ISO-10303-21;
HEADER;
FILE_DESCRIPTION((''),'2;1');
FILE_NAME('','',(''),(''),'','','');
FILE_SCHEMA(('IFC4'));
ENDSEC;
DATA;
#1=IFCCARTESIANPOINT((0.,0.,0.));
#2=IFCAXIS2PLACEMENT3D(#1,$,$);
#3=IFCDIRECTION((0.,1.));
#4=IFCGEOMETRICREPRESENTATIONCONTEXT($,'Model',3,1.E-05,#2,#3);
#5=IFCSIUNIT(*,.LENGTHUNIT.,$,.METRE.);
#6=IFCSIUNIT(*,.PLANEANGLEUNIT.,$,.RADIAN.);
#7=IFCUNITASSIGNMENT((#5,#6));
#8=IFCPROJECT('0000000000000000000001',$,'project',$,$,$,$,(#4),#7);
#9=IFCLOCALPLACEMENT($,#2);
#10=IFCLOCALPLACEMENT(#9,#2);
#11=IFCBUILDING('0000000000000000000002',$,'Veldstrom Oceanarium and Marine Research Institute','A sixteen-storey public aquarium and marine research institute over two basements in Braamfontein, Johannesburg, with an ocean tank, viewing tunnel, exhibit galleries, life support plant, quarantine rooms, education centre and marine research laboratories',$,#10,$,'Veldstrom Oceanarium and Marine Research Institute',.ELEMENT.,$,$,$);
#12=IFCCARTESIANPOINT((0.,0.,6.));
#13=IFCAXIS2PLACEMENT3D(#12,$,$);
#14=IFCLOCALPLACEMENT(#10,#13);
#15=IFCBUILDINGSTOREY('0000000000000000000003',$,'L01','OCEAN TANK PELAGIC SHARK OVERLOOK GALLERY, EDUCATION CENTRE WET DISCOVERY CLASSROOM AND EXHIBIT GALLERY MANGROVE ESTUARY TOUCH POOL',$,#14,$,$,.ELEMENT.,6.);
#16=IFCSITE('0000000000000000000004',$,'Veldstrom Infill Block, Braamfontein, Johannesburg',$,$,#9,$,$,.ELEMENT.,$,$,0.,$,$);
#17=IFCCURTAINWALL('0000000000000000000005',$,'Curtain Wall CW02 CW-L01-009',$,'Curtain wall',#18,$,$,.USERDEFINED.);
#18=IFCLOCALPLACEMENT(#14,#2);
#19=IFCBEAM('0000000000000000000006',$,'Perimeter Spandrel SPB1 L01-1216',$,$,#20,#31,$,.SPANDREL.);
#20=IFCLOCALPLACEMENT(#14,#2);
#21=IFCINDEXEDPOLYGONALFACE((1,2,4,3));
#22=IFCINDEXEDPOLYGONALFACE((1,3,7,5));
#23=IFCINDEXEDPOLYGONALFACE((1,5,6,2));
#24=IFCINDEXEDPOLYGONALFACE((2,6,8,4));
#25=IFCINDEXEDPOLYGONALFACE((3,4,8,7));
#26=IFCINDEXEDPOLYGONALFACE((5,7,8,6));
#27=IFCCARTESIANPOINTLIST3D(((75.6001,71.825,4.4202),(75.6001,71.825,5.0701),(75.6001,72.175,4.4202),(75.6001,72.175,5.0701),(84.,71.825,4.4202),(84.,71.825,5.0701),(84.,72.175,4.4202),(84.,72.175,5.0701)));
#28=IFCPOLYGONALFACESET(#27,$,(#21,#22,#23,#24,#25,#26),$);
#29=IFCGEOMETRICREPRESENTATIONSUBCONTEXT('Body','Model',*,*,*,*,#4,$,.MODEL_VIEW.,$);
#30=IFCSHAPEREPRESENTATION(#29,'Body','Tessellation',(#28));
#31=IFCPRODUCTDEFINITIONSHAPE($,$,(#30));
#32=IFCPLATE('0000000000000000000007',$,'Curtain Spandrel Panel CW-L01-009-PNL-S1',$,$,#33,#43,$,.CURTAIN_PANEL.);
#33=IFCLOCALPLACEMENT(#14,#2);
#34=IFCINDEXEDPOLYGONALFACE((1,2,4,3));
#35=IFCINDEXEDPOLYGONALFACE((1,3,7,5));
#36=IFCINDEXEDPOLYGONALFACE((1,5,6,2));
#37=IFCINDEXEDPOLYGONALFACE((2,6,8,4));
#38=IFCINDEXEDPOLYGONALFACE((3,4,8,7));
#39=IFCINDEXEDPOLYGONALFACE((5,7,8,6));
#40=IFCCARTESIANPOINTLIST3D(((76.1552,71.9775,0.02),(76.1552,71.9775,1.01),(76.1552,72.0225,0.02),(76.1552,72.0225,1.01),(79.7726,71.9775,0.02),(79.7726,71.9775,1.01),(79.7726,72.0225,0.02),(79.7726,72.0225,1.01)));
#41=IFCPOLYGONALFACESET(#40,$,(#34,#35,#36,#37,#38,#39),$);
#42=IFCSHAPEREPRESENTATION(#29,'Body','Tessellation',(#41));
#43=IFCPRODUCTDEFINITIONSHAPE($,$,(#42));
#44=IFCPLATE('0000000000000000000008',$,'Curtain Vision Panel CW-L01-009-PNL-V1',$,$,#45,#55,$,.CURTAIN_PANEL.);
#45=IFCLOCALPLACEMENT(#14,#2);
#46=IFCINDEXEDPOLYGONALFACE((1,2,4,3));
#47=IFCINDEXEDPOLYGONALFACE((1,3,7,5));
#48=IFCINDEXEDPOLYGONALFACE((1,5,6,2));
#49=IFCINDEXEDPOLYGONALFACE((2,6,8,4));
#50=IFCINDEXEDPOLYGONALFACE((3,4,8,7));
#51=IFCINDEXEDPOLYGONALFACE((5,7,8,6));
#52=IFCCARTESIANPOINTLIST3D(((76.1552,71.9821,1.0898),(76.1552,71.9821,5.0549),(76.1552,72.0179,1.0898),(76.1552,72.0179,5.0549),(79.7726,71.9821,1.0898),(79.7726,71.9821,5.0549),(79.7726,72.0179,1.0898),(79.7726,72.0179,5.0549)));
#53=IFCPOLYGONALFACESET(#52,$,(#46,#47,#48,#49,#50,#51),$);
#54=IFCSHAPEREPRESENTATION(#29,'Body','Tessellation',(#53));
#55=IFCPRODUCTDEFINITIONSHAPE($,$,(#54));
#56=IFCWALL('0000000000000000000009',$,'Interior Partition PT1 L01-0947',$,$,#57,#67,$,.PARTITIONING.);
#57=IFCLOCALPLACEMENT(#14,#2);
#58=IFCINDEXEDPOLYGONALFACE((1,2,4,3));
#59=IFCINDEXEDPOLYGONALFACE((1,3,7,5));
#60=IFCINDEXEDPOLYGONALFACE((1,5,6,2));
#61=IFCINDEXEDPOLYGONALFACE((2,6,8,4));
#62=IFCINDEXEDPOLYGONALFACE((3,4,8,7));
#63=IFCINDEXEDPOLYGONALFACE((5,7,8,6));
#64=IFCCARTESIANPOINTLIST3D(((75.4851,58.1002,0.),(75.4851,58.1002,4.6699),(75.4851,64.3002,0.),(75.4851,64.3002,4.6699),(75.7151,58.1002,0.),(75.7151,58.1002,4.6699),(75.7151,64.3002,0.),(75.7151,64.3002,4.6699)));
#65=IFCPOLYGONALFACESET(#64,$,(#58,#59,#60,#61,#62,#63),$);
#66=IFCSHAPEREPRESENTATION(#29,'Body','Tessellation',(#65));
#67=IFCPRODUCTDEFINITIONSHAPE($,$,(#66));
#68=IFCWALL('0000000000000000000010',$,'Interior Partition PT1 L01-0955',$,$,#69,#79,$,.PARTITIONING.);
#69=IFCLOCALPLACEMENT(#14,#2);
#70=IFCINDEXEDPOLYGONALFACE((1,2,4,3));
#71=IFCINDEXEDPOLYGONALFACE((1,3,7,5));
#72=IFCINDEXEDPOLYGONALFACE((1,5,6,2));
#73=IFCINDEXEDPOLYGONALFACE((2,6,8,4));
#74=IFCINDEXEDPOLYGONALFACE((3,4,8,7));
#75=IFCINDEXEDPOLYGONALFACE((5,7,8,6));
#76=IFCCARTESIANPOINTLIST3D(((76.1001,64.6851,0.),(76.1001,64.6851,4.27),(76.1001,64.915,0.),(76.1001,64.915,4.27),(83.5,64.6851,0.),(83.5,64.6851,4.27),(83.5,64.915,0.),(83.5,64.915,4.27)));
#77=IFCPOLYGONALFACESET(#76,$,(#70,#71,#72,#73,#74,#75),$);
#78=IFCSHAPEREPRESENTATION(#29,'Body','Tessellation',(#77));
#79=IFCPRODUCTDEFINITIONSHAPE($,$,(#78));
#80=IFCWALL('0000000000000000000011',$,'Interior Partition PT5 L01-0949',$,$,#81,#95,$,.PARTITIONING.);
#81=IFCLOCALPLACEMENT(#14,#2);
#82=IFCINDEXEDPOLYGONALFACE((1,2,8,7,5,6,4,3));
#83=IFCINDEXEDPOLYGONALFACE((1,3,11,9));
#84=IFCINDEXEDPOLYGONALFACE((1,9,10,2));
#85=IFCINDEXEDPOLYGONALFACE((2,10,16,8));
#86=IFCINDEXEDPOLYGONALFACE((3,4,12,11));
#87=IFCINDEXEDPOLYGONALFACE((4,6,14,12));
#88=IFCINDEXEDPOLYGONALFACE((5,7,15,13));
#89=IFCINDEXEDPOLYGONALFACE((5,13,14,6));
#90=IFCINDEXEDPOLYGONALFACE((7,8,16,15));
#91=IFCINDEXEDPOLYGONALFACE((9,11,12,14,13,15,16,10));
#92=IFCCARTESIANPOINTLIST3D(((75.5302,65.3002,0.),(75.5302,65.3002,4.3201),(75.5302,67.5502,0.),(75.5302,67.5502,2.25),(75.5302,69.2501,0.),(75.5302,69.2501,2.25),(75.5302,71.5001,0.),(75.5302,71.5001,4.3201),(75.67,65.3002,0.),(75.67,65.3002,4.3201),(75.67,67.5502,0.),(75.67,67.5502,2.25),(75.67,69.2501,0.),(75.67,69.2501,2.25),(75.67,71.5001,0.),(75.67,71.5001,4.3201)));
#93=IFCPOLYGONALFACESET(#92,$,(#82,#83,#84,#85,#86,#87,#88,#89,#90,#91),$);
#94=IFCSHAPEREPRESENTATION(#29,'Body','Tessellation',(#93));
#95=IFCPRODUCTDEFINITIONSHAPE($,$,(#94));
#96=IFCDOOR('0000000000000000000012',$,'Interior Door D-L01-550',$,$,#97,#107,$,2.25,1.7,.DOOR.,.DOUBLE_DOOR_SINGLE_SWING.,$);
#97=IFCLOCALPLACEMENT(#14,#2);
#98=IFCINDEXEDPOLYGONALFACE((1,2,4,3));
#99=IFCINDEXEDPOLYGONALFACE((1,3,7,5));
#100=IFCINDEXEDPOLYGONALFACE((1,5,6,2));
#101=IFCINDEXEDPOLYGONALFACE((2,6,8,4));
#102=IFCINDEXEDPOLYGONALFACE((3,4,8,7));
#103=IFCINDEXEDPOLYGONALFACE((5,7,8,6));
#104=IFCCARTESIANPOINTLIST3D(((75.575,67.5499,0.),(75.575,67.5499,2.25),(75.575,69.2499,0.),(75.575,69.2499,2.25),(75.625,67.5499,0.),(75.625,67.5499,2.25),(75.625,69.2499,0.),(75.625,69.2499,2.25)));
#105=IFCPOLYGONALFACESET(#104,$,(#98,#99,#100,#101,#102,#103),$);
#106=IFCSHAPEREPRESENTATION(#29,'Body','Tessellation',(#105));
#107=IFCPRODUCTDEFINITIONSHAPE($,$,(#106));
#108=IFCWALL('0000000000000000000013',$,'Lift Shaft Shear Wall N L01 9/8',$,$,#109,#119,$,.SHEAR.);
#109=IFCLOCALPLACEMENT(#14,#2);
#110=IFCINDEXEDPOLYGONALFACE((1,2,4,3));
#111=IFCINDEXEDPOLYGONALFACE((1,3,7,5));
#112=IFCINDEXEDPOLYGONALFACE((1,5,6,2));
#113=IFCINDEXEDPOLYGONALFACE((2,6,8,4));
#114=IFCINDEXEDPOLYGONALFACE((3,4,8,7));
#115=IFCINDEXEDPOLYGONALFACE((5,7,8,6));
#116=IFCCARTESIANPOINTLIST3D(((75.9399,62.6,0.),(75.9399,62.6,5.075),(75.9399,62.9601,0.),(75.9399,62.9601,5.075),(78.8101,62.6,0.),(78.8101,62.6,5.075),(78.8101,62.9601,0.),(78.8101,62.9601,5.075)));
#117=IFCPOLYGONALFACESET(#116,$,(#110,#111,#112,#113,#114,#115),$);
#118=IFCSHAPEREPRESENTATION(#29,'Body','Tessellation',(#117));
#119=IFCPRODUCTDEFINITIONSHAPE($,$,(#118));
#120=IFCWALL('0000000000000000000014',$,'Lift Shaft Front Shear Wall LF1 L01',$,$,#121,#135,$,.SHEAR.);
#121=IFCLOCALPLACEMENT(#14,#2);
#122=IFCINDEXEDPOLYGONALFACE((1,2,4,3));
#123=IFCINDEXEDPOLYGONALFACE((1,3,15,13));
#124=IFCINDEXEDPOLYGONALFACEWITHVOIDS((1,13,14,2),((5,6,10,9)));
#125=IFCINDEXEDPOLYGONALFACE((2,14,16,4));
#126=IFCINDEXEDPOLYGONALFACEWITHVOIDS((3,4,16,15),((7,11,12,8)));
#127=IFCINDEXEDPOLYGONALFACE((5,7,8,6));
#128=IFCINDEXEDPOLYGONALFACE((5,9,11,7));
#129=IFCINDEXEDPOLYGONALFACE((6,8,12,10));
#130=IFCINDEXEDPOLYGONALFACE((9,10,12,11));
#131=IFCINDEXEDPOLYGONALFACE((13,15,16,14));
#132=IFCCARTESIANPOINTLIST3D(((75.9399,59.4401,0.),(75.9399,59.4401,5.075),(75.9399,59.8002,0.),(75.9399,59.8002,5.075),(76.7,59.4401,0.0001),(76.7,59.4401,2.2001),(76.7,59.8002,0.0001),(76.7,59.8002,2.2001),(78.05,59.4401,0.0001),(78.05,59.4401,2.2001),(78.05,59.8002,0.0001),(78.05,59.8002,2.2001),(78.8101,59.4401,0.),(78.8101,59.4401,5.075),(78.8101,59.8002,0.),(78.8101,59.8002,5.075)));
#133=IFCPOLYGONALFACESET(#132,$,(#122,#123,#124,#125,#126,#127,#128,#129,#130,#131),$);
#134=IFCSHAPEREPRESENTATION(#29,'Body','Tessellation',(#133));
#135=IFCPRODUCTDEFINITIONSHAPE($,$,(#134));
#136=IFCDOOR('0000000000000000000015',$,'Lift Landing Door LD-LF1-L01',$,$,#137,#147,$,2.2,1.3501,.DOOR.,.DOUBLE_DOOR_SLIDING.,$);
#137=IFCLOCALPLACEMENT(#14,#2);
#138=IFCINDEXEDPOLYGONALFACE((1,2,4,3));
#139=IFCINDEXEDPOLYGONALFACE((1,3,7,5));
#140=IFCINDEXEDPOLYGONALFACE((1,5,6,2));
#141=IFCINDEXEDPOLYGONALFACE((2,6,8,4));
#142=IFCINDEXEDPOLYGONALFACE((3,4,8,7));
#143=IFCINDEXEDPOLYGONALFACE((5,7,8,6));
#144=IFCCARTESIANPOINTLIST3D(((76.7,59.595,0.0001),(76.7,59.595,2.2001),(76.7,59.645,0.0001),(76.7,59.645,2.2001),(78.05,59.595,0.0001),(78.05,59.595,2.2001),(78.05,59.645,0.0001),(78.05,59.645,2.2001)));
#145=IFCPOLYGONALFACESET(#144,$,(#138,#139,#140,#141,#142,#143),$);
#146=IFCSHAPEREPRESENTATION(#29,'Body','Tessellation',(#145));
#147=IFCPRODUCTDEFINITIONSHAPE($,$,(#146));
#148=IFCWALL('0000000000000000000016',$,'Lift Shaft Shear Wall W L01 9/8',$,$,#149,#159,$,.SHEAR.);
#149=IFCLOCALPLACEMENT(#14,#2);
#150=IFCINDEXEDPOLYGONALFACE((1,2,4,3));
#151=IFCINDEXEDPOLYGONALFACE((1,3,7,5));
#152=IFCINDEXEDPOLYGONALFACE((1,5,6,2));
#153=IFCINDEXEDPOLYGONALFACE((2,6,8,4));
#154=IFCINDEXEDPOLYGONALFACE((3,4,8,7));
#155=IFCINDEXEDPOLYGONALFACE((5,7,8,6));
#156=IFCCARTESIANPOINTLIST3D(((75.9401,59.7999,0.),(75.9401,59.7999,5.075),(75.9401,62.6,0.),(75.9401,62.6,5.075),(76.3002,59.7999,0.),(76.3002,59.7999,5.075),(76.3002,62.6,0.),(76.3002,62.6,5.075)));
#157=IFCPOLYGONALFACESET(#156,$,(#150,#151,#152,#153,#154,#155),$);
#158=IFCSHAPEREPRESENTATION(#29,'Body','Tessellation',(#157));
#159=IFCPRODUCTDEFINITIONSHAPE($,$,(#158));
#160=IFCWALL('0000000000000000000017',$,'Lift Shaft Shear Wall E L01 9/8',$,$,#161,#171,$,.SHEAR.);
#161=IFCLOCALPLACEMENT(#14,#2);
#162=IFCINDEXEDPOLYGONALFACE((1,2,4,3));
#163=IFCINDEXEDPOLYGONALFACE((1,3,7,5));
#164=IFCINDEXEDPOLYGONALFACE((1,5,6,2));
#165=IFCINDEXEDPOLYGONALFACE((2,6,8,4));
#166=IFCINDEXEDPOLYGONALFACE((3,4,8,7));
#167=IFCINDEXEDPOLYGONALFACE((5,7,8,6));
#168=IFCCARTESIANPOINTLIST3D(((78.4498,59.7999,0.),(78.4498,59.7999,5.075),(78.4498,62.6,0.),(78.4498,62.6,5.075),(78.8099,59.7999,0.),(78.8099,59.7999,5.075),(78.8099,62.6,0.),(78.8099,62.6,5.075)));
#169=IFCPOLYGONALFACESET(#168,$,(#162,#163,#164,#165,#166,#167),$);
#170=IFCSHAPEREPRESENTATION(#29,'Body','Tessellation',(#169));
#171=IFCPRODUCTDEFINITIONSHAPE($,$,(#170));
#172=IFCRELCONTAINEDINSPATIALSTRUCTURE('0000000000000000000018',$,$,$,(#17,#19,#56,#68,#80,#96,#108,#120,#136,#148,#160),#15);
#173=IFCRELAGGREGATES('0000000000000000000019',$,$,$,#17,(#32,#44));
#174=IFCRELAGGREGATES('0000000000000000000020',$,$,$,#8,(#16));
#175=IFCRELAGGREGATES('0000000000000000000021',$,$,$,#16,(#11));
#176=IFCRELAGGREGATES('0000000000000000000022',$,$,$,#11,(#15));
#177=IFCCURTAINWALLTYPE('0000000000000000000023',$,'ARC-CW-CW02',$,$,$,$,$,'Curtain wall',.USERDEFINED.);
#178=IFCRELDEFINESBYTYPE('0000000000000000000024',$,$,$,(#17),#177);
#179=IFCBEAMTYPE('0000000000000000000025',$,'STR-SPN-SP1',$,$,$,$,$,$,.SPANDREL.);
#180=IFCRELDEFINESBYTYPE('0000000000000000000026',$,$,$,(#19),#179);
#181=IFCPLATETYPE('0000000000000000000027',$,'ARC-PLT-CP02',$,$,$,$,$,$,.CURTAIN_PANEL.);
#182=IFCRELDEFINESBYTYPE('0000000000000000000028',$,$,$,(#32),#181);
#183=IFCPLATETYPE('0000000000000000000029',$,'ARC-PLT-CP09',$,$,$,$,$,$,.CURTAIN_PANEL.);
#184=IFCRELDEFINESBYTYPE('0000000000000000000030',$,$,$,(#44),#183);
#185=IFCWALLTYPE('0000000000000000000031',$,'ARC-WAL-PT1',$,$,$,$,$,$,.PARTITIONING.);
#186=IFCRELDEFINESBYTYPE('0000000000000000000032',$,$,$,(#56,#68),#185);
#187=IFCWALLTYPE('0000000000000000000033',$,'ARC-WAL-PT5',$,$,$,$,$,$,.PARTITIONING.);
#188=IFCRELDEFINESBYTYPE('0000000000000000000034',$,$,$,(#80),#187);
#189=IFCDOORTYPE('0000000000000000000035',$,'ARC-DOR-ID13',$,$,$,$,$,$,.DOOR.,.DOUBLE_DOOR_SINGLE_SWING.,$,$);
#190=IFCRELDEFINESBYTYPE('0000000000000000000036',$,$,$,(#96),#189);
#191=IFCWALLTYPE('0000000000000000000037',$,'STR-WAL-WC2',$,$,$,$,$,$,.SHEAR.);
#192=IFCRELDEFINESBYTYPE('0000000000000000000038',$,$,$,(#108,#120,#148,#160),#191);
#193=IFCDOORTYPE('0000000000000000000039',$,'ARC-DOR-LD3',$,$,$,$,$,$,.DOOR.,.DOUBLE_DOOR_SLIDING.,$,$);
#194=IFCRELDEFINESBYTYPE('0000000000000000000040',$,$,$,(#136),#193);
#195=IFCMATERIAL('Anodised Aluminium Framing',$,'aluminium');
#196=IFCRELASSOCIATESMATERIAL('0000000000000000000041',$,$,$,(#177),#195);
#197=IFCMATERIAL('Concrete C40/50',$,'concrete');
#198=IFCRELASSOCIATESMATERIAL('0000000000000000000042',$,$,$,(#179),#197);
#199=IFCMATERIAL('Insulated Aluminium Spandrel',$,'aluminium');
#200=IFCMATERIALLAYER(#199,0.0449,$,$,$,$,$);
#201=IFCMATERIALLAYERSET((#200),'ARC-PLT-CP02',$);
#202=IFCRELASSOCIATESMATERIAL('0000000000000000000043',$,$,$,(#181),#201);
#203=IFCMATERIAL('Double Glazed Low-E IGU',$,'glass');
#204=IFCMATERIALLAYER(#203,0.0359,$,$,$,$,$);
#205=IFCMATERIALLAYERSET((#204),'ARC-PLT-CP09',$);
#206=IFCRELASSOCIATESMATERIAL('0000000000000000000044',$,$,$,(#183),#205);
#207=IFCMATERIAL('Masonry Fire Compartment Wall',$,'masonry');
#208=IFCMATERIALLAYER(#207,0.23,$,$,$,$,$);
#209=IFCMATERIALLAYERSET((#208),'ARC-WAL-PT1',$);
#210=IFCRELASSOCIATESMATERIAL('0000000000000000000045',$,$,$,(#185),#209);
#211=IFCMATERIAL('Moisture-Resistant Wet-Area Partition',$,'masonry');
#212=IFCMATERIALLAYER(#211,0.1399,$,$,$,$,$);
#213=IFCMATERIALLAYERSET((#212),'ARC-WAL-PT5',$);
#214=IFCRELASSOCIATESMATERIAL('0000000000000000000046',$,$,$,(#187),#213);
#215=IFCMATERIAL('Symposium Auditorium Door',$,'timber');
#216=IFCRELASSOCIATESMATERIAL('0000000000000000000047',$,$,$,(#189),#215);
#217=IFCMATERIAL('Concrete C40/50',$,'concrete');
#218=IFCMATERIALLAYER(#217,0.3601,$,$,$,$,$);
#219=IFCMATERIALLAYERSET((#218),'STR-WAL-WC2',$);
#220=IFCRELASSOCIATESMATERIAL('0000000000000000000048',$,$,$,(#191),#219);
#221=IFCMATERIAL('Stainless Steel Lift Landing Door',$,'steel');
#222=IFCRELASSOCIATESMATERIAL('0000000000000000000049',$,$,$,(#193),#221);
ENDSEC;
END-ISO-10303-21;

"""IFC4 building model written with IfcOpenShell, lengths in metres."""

from ifc_helpers import new_model, si_unit, direction, frame, frame_2d, origin, origin_2d, place, context, subcontext, project, spatial, rectangle, extrude, material, layer, layer_set, material_profile, profile_set, type_object, element, fill, aggregate, save


model = new_model("IFC4")

# Units and contexts
model_context = context("Model", 3, precision=1e-05, world=origin(), true_north=direction((0.0, 1.0)))
body_context = subcontext(model_context, "Body", "Model", "MODEL_VIEW")
ifc_project = project(units=[si_unit("LENGTHUNIT", "METRE"), si_unit("PLANEANGLEUNIT", "RADIAN")], contexts=[model_context])

# Site, building, storey
site_placement = place(None, origin())
site = spatial("IfcSite", under=ifc_project, at=site_placement, Name="Veldstrom Infill Block, Braamfontein, Johannesburg", CompositionType="ELEMENT", RefElevation=0.0)
building_placement = place(site_placement, origin())
building = spatial("IfcBuilding", under=site, at=building_placement, Name="Veldstrom Oceanarium and Marine Research Institute", Description="A sixteen-storey public aquarium and marine research institute over two basements in Braamfontein, Johannesburg, with an ocean tank, viewing tunnel, exhibit galleries, life support plant, quarantine rooms, education centre and marine research laboratories", LongName="Veldstrom Oceanarium and Marine Research Institute", CompositionType="ELEMENT")
storey_placement = place(building_placement, frame((0.0, 0.0, 6.0)))
storey = spatial("IfcBuildingStorey", under=building, at=storey_placement, Name="L01", Description="OCEAN TANK PELAGIC SHARK OVERLOOK GALLERY, EDUCATION CENTRE WET DISCOVERY CLASSROOM AND EXHIBIT GALLERY MANGROVE ESTUARY TOUCH POOL", CompositionType="ELEMENT", Elevation=6.0)

# Curtain wall
ifc_material_1 = material(Name="Anodised Aluminium Framing", Category="aluminium")
curtain_wall_type = type_object("IfcCurtainWallType", Name="ARC-CW-CW02", ElementType="Curtain wall", PredefinedType="USERDEFINED", material=ifc_material_1)
curtain_wall_placement = place(storey_placement, origin())
curtain_wall = element("IfcCurtainWall", 1, at=curtain_wall_placement, inside=storey, type_object=curtain_wall_type, Name="Curtain Wall CW02 CW-L01-009", ObjectType="Curtain wall", PredefinedType="USERDEFINED")

# Beam
ifc_material_2 = material(Name="Concrete C40/50", Category="concrete")
ifc_material_profile_1 = material_profile(ifc_material_2, rectangle(XDim=0.3501, YDim=0.6499, at=origin_2d()), Name="RC-SPN-350x650")
ifc_profile_set_1 = profile_set([ifc_material_profile_1], Name="Concrete C40/50")
beam_type_1 = type_object("IfcBeamType", Name="STR-SPN-SP1", PredefinedType="SPANDREL", material=ifc_profile_set_1)
beam_1_placement = place(storey_placement, frame((75.6001, 72.0, 4.7451), z_axis=(1.0, 0.0, 0.0), x_axis=(0.0, 1.0, 0.0)))
element("IfcBeam", 2, at=beam_1_placement, inside=storey, type_object=beam_type_1, Name="Perimeter Spandrel SPB1 L01-1216", PredefinedType="SPANDREL", context=body_context, shape_type="SweptSolid", body=[
    extrude(rectangle(XDim=0.3501, YDim=0.6499, at=origin_2d()), origin(), (0.0, 0.0, 1.0), 8.3999),
])

# Plates
ifc_material_3 = material(Name="Insulated Aluminium Spandrel", Category="aluminium")
ifc_layer_1 = layer(ifc_material_3, 0.0449)
ifc_layer_set_1 = layer_set([ifc_layer_1], Name="ARC-PLT-CP02")
plate_type_1 = type_object("IfcPlateType", Name="ARC-PLT-CP02", PredefinedType="CURTAIN_PANEL", material=ifc_layer_set_1)
plate_1_placement = place(storey_placement, frame((77.9639, 72.0, 0.02), z_axis=(0.0, 0.0, 1.0), x_axis=(1.0, 0.0, 0.0)))
plate_1 = element("IfcPlate", 3, at=plate_1_placement, type_object=plate_type_1, Name="Curtain Spandrel Panel CW-L01-009-PNL-S1", PredefinedType="CURTAIN_PANEL", context=body_context, shape_type="SweptSolid", body=[
    extrude(rectangle(XDim=3.6174, YDim=0.0449, at=origin_2d()), origin(), (0.0, 0.0, 1.0), 0.99),
])
ifc_material_4 = material(Name="Double Glazed Low-E IGU", Category="glass")
ifc_layer_2 = layer(ifc_material_4, 0.0359)
ifc_layer_set_2 = layer_set([ifc_layer_2], Name="ARC-PLT-CP09")
plate_type_2 = type_object("IfcPlateType", Name="ARC-PLT-CP09", PredefinedType="CURTAIN_PANEL", material=ifc_layer_set_2)
plate_2_placement = place(storey_placement, frame((77.9639, 72.0, 1.0898), z_axis=(0.0, 0.0, 1.0), x_axis=(1.0, 0.0, 0.0)))
plate_2 = element("IfcPlate", 4, at=plate_2_placement, type_object=plate_type_2, Name="Curtain Vision Panel CW-L01-009-PNL-V1", PredefinedType="CURTAIN_PANEL", context=body_context, shape_type="SweptSolid", body=[
    extrude(rectangle(XDim=3.6174, YDim=0.0359, at=origin_2d()), origin(), (0.0, 0.0, 1.0), 3.9651),
])
aggregate(curtain_wall, [plate_1, plate_2])

# Walls
ifc_material_5 = material(Name="Masonry Fire Compartment Wall", Category="masonry")
ifc_layer_3 = layer(ifc_material_5, 0.23)
ifc_layer_set_3 = layer_set([ifc_layer_3], Name="ARC-WAL-PT1")
wall_type_1 = type_object("IfcWallType", Name="ARC-WAL-PT1", PredefinedType="PARTITIONING", material=ifc_layer_set_3)
wall_1_placement = place(storey_placement, frame((75.6001, 58.1001, 0.0), z_axis=(0.0, 0.0, 1.0), x_axis=(0.0, 1.0, 0.0)))
element("IfcWall", 5, at=wall_1_placement, inside=storey, type_object=wall_type_1, Name="Interior Partition PT1 L01-0947", PredefinedType="PARTITIONING", context=body_context, shape_type="SweptSolid", body=[
    extrude(rectangle(XDim=6.2, YDim=0.23, at=frame_2d((3.1001, 0.0))), origin(), (0.0, 0.0, 1.0), 4.6699),
])
wall_2_placement = place(storey_placement, frame((76.1001, 64.8, 0.0), z_axis=(0.0, 0.0, 1.0), x_axis=(1.0, 0.0, 0.0)))
element("IfcWall", 6, at=wall_2_placement, inside=storey, type_object=wall_type_1, Name="Interior Partition PT1 L01-0955", PredefinedType="PARTITIONING", context=body_context, shape_type="SweptSolid", body=[
    extrude(rectangle(XDim=7.3999, YDim=0.23, at=frame_2d((3.7, 0.0))), origin(), (0.0, 0.0, 1.0), 4.27),
])

# Wall, opening, door
ifc_material_6 = material(Name="Moisture-Resistant Wet-Area Partition", Category="masonry")
ifc_layer_4 = layer(ifc_material_6, 0.1399)
ifc_layer_set_4 = layer_set([ifc_layer_4], Name="ARC-WAL-PT5")
wall_type_2 = type_object("IfcWallType", Name="ARC-WAL-PT5", PredefinedType="PARTITIONING", material=ifc_layer_set_4)
wall_3_placement = place(storey_placement, frame((75.6001, 65.3, 0.0), z_axis=(0.0, 0.0, 1.0), x_axis=(0.0, 1.0, 0.0)))
wall_3 = element("IfcWall", 7, at=wall_3_placement, inside=storey, type_object=wall_type_2, Name="Interior Partition PT5 L01-0949", PredefinedType="PARTITIONING", context=body_context, shape_type="SweptSolid", body=[
    extrude(rectangle(XDim=6.2, YDim=0.1399, at=frame_2d((3.1001, 0.0))), origin(), (0.0, 0.0, 1.0), 4.3201),
])
opening_1_placement = place(wall_3_placement, frame((2.25, 0.0, 0.0)))
opening_1 = element("IfcOpeningElement", 8, at=opening_1_placement, cuts=wall_3, PredefinedType="OPENING", context=body_context, shape_type="SweptSolid", body=[
    extrude(rectangle(XDim=1.7, YDim=2.25, at=frame_2d((0.8501, 1.125))), frame((0.0, 0.0798, 0.0), z_axis=(0.0, -1.0, 0.0), x_axis=(1.0, 0.0, 0.0)), (0.0, 0.0, 1.0), 0.1599),
])
ifc_material_7 = material(Name="Symposium Auditorium Door", Category="timber")
door_type_1 = type_object("IfcDoorType", Name="ARC-DOR-ID13", OperationType="DOUBLE_DOOR_SINGLE_SWING", PredefinedType="DOOR", material=ifc_material_7)
door_1_placement = place(opening_1_placement, frame((1.7, 0.0, 0.0), z_axis=(0.0, 0.0, 1.0), x_axis=(-1.0, 0.0, 0.0)))
door_1 = element("IfcDoor", 9, at=door_1_placement, inside=storey, type_object=door_type_1, Name="Interior Door D-L01-550", OperationType="DOUBLE_DOOR_SINGLE_SWING", OverallHeight=2.25, OverallWidth=1.7, PredefinedType="DOOR", context=body_context, shape_type="SweptSolid", body=[
    extrude(rectangle(XDim=1.7, YDim=2.25, at=frame_2d((0.8501, 1.125))), frame((0.0, 0.0249, 0.0), z_axis=(0.0, -1.0, 0.0), x_axis=(1.0, 0.0, 0.0)), (0.0, 0.0, 1.0), 0.05),
])
fill(opening_1, door_1)

# Wall
ifc_material_8 = material(Name="Concrete C40/50", Category="concrete")
ifc_layer_5 = layer(ifc_material_8, 0.3601)
ifc_layer_set_5 = layer_set([ifc_layer_5], Name="STR-WAL-WC2")
wall_type_3 = type_object("IfcWallType", Name="STR-WAL-WC2", PredefinedType="SHEAR", material=ifc_layer_set_5)
wall_4_placement = place(storey_placement, frame((75.9399, 62.78, 0.0), z_axis=(0.0, 0.0, 1.0), x_axis=(1.0, 0.0, 0.0)))
element("IfcWall", 10, at=wall_4_placement, inside=storey, type_object=wall_type_3, Name="Lift Shaft Shear Wall N L01 9/8", PredefinedType="SHEAR", context=body_context, shape_type="SweptSolid", body=[
    extrude(rectangle(XDim=2.8701, YDim=0.3601, at=frame_2d((1.4351, 0.0))), origin(), (0.0, 0.0, 1.0), 5.075),
])

# Wall, opening, door
wall_5_placement = place(storey_placement, frame((75.9399, 59.6201, 0.0), z_axis=(0.0, 0.0, 1.0), x_axis=(1.0, 0.0, 0.0)))
wall_5 = element("IfcWall", 11, at=wall_5_placement, inside=storey, type_object=wall_type_3, Name="Lift Shaft Front Shear Wall LF1 L01", PredefinedType="SHEAR", context=body_context, shape_type="SweptSolid", body=[
    extrude(rectangle(XDim=2.8701, YDim=0.3601, at=frame_2d((1.4351, 0.0))), origin(), (0.0, 0.0, 1.0), 5.075),
])
opening_2_placement = place(wall_5_placement, frame((0.76, 0.0, 0.0)))
opening_2 = element("IfcOpeningElement", 12, at=opening_2_placement, cuts=wall_5, PredefinedType="OPENING", context=body_context, shape_type="SweptSolid", body=[
    extrude(rectangle(XDim=1.3501, YDim=2.2, at=frame_2d((0.675, 1.1001))), frame((0.0, 0.1899, 0.0), z_axis=(0.0, -1.0, 0.0), x_axis=(1.0, 0.0, 0.0)), (0.0, 0.0, 1.0), 0.3801),
])
ifc_material_9 = material(Name="Stainless Steel Lift Landing Door", Category="steel")
door_type_2 = type_object("IfcDoorType", Name="ARC-DOR-LD3", OperationType="DOUBLE_DOOR_SLIDING", PredefinedType="DOOR", material=ifc_material_9)
door_2_placement = place(opening_2_placement, origin())
door_2 = element("IfcDoor", 13, at=door_2_placement, inside=storey, type_object=door_type_2, Name="Lift Landing Door LD-LF1-L01", OperationType="DOUBLE_DOOR_SLIDING", OverallHeight=2.2, OverallWidth=1.3501, PredefinedType="DOOR", context=body_context, shape_type="SweptSolid", body=[
    extrude(rectangle(XDim=1.3501, YDim=2.2, at=frame_2d((0.675, 1.1001))), frame((0.0, 0.0249, 0.0), z_axis=(0.0, -1.0, 0.0), x_axis=(1.0, 0.0, 0.0)), (0.0, 0.0, 1.0), 0.05),
])
fill(opening_2, door_2)

# Walls
for number, where, z_axis, x_axis, name in (
    (14, (76.1201, 59.8, 0.0), (0.0, 0.0, 1.0), (0.0, 1.0, 0.0), "Lift Shaft Shear Wall W L01 9/8"),
    (15, (78.6299, 59.8, 0.0), (0.0, 0.0, 1.0), (0.0, 1.0, 0.0), "Lift Shaft Shear Wall E L01 9/8"),
):
    element("IfcWall", number, at=place(storey_placement, frame(where, z_axis=z_axis, x_axis=x_axis)), inside=storey, type_object=wall_type_3, Name=name, PredefinedType="SHEAR", context=body_context, shape_type="SweptSolid", body=[
        extrude(rectangle(XDim=2.8, YDim=0.3601, at=frame_2d((1.3999, 0.0))), origin(), (0.0, 0.0, 1.0), 5.075),
    ])

save(model, "model.ifc")
